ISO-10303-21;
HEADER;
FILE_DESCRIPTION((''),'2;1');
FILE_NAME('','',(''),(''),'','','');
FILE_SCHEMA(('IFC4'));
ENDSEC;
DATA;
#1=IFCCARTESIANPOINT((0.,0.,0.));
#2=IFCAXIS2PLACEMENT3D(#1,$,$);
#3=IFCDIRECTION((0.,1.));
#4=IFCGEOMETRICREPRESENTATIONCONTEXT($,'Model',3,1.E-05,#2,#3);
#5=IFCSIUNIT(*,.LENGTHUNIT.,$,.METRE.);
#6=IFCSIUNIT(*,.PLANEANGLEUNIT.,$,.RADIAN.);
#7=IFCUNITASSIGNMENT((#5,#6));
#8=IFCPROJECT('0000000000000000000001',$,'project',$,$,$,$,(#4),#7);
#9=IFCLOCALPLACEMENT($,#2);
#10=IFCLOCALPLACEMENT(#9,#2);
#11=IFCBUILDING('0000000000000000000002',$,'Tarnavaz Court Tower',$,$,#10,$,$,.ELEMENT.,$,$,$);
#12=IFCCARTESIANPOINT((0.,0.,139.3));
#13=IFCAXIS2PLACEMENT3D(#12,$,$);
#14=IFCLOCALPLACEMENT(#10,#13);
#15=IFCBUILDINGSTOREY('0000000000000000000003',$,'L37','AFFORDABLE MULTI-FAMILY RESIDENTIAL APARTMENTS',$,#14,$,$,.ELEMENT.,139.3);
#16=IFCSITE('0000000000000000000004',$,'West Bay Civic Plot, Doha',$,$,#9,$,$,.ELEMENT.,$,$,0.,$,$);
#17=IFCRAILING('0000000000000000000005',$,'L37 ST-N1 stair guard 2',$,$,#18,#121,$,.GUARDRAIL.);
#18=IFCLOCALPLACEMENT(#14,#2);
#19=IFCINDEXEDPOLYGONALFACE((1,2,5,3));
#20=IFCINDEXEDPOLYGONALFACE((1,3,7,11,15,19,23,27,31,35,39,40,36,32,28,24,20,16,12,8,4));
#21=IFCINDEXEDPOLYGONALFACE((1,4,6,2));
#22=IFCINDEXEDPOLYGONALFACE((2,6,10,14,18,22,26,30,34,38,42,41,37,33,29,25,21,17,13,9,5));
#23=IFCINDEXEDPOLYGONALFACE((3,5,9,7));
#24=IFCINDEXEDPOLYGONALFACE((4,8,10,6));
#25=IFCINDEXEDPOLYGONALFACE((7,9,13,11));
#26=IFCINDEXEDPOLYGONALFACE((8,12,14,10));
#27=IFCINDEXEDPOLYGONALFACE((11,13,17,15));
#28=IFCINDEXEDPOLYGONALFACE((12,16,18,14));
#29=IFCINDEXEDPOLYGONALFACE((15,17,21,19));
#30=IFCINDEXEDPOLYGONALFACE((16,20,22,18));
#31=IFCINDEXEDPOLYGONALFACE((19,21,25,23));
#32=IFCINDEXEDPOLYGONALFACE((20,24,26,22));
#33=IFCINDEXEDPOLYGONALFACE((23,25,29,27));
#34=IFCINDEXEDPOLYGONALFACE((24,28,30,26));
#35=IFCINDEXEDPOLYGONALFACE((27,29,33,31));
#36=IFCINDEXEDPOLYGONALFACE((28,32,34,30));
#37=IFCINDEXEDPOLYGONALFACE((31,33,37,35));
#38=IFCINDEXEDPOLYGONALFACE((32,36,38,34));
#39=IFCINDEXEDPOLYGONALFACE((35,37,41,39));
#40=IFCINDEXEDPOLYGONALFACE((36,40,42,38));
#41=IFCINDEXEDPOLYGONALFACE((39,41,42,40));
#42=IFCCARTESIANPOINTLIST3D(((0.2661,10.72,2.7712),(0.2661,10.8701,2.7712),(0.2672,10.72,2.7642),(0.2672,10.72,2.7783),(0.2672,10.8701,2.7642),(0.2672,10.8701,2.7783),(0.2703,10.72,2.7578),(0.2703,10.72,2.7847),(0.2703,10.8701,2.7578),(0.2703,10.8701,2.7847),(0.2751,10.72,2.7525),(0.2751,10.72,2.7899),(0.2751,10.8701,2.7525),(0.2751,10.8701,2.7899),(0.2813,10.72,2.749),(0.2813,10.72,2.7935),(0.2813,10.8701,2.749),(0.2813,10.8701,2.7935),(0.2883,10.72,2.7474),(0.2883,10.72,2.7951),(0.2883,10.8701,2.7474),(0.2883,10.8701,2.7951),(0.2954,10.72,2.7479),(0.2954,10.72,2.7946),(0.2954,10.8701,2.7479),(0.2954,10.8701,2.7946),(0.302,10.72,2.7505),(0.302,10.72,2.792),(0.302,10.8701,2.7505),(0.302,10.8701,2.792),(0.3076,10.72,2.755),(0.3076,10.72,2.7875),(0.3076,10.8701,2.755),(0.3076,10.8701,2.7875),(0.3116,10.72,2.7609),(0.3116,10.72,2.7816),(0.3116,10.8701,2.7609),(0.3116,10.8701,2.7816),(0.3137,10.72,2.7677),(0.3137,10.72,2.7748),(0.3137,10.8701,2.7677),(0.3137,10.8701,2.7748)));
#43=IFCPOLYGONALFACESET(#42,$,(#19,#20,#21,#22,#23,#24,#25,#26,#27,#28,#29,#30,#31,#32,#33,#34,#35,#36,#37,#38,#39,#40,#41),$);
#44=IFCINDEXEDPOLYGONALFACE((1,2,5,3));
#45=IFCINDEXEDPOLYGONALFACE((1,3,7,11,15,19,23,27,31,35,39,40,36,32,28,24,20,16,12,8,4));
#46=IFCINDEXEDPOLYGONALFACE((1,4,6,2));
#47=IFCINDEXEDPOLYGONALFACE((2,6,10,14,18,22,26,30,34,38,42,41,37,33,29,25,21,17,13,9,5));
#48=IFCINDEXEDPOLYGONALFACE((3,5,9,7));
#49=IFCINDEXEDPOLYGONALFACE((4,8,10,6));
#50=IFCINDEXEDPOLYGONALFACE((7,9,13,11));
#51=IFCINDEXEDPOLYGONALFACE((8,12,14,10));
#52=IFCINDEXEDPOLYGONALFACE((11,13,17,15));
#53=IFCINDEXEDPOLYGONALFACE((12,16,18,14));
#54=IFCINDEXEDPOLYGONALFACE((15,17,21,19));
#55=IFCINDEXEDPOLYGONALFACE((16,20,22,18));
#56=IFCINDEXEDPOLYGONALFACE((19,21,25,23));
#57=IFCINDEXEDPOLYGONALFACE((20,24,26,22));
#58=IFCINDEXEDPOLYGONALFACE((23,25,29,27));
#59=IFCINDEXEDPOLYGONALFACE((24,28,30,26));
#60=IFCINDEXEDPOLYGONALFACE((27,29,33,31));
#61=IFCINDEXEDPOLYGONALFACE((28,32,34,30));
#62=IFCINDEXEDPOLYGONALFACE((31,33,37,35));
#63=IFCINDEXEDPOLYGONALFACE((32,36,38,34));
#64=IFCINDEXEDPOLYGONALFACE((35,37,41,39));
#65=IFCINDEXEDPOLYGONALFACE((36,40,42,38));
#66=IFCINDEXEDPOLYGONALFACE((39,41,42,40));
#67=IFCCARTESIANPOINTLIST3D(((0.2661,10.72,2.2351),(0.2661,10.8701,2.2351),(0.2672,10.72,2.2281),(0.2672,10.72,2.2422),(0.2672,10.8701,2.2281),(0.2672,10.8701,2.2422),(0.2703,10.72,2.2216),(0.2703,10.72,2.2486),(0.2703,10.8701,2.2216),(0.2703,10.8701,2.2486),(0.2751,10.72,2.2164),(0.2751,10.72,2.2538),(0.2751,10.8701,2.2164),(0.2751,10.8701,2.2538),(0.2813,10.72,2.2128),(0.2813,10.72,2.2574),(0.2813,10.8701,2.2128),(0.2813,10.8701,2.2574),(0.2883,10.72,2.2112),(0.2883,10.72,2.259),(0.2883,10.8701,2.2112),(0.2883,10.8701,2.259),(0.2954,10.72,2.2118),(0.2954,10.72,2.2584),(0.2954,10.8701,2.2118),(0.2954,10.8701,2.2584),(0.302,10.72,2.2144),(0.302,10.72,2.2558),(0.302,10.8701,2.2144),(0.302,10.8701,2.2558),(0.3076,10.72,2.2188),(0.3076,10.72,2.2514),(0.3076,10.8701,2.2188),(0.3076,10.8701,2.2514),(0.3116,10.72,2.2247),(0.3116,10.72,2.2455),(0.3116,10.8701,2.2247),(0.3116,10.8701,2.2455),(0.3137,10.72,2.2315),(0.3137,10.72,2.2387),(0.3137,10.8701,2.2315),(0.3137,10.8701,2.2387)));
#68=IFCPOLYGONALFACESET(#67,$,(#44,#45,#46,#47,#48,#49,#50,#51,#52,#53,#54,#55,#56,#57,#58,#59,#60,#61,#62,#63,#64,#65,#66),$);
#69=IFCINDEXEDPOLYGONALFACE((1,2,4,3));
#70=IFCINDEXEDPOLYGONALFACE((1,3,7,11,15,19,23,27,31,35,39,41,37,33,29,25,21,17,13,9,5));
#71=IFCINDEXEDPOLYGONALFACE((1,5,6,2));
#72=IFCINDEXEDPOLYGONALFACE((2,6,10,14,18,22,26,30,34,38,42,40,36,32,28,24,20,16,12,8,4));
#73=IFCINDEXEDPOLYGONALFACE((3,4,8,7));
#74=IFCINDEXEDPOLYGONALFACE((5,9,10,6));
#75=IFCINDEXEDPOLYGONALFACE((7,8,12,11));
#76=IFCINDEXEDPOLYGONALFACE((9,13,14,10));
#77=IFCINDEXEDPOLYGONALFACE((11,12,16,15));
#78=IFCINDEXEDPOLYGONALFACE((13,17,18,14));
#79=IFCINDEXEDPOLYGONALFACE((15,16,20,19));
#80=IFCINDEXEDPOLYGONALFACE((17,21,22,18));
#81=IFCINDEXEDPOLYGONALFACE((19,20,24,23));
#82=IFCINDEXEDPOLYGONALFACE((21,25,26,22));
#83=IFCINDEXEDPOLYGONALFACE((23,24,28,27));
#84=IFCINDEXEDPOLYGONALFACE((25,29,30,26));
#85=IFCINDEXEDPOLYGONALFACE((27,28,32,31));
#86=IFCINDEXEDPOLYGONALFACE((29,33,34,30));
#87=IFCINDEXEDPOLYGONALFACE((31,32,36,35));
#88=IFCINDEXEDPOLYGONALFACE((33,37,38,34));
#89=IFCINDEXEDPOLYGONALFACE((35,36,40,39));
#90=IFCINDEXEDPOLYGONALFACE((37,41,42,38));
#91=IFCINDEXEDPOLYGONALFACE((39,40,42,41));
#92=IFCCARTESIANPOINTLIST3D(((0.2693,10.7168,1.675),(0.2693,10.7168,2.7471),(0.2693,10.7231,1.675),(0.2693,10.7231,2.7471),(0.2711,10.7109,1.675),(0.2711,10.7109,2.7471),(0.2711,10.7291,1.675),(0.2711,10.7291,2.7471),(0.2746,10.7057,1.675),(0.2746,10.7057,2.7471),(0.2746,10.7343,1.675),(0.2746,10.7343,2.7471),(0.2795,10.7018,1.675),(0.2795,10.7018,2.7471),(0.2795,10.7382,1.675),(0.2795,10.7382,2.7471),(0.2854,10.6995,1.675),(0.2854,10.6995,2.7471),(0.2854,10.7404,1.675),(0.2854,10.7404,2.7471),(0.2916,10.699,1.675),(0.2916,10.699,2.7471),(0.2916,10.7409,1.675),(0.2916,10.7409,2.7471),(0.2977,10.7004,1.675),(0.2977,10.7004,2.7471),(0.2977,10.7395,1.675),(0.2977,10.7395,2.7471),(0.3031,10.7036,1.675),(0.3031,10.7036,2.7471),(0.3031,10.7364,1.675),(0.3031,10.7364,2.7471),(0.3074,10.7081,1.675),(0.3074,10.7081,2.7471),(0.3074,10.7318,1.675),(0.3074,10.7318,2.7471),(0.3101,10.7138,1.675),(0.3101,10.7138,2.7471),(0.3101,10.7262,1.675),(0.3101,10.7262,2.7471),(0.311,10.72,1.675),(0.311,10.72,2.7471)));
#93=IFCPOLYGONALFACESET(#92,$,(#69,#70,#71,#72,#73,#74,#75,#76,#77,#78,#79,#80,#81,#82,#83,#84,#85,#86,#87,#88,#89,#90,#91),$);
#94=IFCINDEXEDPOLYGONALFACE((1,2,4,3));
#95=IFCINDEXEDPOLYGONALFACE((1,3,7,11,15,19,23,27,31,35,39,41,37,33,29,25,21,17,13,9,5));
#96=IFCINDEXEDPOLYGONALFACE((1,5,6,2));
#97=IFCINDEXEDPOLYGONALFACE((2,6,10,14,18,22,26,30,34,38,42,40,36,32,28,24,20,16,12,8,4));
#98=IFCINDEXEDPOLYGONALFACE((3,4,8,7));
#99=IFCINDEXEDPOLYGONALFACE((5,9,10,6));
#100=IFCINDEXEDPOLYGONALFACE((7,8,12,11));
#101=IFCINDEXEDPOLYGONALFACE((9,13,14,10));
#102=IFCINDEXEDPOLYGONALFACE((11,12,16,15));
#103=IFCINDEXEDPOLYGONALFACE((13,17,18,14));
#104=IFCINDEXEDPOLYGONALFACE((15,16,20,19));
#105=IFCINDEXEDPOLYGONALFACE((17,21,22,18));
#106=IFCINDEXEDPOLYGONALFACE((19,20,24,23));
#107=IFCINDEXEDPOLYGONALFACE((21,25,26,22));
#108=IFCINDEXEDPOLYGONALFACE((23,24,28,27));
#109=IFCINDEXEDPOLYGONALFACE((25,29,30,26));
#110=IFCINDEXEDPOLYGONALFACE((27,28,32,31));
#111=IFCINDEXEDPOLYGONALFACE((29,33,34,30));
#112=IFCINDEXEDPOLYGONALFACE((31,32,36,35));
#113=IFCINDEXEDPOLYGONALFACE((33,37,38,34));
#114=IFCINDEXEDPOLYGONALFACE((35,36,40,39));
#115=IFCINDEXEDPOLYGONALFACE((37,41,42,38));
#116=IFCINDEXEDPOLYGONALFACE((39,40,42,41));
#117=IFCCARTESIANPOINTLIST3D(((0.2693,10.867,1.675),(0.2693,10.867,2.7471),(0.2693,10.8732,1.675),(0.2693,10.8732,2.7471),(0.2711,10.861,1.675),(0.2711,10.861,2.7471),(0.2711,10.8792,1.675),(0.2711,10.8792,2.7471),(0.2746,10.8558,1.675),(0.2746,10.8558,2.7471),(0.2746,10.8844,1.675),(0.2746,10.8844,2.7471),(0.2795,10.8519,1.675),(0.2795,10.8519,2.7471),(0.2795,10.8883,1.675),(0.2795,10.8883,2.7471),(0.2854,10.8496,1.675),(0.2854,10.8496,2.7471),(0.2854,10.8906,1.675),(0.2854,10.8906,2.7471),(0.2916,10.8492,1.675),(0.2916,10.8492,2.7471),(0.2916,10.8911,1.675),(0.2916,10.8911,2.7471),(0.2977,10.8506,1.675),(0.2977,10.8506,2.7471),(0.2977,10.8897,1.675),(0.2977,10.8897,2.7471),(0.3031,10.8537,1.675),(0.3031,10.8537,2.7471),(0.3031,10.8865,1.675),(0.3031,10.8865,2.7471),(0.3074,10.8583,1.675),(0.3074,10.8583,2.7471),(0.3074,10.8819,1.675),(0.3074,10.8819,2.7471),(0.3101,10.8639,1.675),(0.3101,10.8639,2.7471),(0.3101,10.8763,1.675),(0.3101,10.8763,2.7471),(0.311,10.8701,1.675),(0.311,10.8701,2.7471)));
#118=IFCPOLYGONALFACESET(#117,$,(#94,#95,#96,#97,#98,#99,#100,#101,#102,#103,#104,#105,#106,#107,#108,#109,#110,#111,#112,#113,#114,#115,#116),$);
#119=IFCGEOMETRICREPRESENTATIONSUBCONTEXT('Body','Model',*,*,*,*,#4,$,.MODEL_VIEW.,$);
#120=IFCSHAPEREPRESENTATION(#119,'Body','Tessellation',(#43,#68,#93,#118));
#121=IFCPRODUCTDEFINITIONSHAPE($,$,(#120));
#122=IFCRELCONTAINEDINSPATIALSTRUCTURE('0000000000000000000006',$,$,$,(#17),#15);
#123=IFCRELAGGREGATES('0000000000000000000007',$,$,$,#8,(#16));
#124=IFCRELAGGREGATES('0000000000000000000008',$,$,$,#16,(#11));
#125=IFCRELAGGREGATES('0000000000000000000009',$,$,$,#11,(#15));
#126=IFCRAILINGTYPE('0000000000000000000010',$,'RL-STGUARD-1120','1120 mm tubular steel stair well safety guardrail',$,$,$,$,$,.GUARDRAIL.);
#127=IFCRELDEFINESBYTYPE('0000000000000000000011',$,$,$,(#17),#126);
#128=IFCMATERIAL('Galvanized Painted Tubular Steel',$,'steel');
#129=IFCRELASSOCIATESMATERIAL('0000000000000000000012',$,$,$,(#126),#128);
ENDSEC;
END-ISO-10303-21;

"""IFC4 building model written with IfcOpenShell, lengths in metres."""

from ifc_helpers import new_model, si_unit, direction, frame, origin, origin_2d, place, context, subcontext, project, spatial, circle, extrude, material, type_object, element, save


model = new_model("IFC4")

# Units and contexts
model_context = context("Model", 3, precision=1e-05, world=origin(), true_north=direction((0.0, 1.0)))
body_context = subcontext(model_context, "Body", "Model", "MODEL_VIEW")
ifc_project = project(units=[si_unit("LENGTHUNIT", "METRE"), si_unit("PLANEANGLEUNIT", "RADIAN")], contexts=[model_context])

# Site, building, storey
site_placement = place(None, origin())
site = spatial("IfcSite", under=ifc_project, at=site_placement, Name="West Bay Civic Plot, Doha", CompositionType="ELEMENT", RefElevation=0.0)
building_placement = place(site_placement, origin())
building = spatial("IfcBuilding", under=site, at=building_placement, Name="Tarnavaz Court Tower", CompositionType="ELEMENT")
storey_placement = place(building_placement, frame((0.0, 0.0, 139.3)))
storey = spatial("IfcBuildingStorey", under=building, at=storey_placement, Name="L37", Description="AFFORDABLE MULTI-FAMILY RESIDENTIAL APARTMENTS", CompositionType="ELEMENT", Elevation=139.3)

# Railing
ifc_material_1 = material(Name="Galvanized Painted Tubular Steel", Category="steel")
railing_type_1 = type_object("IfcRailingType", Name="RL-STGUARD-1120", Description="1120 mm tubular steel stair well safety guardrail", PredefinedType="GUARDRAIL", material=ifc_material_1)
railing_1_placement = place(storey_placement, frame((0.29, 10.72, 1.675)))
element("IfcRailing", 1, at=railing_1_placement, inside=storey, type_object=railing_type_1, Name="L37 ST-N1 stair guard 2", PredefinedType="GUARDRAIL", context=body_context, shape_type="SweptSolid", body=[
    extrude(circle(Radius=0.0239, at=origin_2d()), frame((0.0, 0.0, 1.0962), z_axis=(0.0, 1.0, 0.0), x_axis=(-1.0, 0.0, 0.0)), (0.0, 0.0, 1.0), 0.1501),
    extrude(circle(Radius=0.0239, at=origin_2d()), frame((0.0, 0.0, 0.5601), z_axis=(0.0, 1.0, 0.0), x_axis=(-1.0, 0.0, 0.0)), (0.0, 0.0, 1.0), 0.1501),
    extrude(circle(Radius=0.021, at=origin_2d()), origin(), (0.0, 0.0, 1.0), 1.072),
    extrude(circle(Radius=0.021, at=origin_2d()), frame((0.0, 0.1501, 0.0)), (0.0, 0.0, 1.0), 1.072),
])

save(model, "model.ifc")
